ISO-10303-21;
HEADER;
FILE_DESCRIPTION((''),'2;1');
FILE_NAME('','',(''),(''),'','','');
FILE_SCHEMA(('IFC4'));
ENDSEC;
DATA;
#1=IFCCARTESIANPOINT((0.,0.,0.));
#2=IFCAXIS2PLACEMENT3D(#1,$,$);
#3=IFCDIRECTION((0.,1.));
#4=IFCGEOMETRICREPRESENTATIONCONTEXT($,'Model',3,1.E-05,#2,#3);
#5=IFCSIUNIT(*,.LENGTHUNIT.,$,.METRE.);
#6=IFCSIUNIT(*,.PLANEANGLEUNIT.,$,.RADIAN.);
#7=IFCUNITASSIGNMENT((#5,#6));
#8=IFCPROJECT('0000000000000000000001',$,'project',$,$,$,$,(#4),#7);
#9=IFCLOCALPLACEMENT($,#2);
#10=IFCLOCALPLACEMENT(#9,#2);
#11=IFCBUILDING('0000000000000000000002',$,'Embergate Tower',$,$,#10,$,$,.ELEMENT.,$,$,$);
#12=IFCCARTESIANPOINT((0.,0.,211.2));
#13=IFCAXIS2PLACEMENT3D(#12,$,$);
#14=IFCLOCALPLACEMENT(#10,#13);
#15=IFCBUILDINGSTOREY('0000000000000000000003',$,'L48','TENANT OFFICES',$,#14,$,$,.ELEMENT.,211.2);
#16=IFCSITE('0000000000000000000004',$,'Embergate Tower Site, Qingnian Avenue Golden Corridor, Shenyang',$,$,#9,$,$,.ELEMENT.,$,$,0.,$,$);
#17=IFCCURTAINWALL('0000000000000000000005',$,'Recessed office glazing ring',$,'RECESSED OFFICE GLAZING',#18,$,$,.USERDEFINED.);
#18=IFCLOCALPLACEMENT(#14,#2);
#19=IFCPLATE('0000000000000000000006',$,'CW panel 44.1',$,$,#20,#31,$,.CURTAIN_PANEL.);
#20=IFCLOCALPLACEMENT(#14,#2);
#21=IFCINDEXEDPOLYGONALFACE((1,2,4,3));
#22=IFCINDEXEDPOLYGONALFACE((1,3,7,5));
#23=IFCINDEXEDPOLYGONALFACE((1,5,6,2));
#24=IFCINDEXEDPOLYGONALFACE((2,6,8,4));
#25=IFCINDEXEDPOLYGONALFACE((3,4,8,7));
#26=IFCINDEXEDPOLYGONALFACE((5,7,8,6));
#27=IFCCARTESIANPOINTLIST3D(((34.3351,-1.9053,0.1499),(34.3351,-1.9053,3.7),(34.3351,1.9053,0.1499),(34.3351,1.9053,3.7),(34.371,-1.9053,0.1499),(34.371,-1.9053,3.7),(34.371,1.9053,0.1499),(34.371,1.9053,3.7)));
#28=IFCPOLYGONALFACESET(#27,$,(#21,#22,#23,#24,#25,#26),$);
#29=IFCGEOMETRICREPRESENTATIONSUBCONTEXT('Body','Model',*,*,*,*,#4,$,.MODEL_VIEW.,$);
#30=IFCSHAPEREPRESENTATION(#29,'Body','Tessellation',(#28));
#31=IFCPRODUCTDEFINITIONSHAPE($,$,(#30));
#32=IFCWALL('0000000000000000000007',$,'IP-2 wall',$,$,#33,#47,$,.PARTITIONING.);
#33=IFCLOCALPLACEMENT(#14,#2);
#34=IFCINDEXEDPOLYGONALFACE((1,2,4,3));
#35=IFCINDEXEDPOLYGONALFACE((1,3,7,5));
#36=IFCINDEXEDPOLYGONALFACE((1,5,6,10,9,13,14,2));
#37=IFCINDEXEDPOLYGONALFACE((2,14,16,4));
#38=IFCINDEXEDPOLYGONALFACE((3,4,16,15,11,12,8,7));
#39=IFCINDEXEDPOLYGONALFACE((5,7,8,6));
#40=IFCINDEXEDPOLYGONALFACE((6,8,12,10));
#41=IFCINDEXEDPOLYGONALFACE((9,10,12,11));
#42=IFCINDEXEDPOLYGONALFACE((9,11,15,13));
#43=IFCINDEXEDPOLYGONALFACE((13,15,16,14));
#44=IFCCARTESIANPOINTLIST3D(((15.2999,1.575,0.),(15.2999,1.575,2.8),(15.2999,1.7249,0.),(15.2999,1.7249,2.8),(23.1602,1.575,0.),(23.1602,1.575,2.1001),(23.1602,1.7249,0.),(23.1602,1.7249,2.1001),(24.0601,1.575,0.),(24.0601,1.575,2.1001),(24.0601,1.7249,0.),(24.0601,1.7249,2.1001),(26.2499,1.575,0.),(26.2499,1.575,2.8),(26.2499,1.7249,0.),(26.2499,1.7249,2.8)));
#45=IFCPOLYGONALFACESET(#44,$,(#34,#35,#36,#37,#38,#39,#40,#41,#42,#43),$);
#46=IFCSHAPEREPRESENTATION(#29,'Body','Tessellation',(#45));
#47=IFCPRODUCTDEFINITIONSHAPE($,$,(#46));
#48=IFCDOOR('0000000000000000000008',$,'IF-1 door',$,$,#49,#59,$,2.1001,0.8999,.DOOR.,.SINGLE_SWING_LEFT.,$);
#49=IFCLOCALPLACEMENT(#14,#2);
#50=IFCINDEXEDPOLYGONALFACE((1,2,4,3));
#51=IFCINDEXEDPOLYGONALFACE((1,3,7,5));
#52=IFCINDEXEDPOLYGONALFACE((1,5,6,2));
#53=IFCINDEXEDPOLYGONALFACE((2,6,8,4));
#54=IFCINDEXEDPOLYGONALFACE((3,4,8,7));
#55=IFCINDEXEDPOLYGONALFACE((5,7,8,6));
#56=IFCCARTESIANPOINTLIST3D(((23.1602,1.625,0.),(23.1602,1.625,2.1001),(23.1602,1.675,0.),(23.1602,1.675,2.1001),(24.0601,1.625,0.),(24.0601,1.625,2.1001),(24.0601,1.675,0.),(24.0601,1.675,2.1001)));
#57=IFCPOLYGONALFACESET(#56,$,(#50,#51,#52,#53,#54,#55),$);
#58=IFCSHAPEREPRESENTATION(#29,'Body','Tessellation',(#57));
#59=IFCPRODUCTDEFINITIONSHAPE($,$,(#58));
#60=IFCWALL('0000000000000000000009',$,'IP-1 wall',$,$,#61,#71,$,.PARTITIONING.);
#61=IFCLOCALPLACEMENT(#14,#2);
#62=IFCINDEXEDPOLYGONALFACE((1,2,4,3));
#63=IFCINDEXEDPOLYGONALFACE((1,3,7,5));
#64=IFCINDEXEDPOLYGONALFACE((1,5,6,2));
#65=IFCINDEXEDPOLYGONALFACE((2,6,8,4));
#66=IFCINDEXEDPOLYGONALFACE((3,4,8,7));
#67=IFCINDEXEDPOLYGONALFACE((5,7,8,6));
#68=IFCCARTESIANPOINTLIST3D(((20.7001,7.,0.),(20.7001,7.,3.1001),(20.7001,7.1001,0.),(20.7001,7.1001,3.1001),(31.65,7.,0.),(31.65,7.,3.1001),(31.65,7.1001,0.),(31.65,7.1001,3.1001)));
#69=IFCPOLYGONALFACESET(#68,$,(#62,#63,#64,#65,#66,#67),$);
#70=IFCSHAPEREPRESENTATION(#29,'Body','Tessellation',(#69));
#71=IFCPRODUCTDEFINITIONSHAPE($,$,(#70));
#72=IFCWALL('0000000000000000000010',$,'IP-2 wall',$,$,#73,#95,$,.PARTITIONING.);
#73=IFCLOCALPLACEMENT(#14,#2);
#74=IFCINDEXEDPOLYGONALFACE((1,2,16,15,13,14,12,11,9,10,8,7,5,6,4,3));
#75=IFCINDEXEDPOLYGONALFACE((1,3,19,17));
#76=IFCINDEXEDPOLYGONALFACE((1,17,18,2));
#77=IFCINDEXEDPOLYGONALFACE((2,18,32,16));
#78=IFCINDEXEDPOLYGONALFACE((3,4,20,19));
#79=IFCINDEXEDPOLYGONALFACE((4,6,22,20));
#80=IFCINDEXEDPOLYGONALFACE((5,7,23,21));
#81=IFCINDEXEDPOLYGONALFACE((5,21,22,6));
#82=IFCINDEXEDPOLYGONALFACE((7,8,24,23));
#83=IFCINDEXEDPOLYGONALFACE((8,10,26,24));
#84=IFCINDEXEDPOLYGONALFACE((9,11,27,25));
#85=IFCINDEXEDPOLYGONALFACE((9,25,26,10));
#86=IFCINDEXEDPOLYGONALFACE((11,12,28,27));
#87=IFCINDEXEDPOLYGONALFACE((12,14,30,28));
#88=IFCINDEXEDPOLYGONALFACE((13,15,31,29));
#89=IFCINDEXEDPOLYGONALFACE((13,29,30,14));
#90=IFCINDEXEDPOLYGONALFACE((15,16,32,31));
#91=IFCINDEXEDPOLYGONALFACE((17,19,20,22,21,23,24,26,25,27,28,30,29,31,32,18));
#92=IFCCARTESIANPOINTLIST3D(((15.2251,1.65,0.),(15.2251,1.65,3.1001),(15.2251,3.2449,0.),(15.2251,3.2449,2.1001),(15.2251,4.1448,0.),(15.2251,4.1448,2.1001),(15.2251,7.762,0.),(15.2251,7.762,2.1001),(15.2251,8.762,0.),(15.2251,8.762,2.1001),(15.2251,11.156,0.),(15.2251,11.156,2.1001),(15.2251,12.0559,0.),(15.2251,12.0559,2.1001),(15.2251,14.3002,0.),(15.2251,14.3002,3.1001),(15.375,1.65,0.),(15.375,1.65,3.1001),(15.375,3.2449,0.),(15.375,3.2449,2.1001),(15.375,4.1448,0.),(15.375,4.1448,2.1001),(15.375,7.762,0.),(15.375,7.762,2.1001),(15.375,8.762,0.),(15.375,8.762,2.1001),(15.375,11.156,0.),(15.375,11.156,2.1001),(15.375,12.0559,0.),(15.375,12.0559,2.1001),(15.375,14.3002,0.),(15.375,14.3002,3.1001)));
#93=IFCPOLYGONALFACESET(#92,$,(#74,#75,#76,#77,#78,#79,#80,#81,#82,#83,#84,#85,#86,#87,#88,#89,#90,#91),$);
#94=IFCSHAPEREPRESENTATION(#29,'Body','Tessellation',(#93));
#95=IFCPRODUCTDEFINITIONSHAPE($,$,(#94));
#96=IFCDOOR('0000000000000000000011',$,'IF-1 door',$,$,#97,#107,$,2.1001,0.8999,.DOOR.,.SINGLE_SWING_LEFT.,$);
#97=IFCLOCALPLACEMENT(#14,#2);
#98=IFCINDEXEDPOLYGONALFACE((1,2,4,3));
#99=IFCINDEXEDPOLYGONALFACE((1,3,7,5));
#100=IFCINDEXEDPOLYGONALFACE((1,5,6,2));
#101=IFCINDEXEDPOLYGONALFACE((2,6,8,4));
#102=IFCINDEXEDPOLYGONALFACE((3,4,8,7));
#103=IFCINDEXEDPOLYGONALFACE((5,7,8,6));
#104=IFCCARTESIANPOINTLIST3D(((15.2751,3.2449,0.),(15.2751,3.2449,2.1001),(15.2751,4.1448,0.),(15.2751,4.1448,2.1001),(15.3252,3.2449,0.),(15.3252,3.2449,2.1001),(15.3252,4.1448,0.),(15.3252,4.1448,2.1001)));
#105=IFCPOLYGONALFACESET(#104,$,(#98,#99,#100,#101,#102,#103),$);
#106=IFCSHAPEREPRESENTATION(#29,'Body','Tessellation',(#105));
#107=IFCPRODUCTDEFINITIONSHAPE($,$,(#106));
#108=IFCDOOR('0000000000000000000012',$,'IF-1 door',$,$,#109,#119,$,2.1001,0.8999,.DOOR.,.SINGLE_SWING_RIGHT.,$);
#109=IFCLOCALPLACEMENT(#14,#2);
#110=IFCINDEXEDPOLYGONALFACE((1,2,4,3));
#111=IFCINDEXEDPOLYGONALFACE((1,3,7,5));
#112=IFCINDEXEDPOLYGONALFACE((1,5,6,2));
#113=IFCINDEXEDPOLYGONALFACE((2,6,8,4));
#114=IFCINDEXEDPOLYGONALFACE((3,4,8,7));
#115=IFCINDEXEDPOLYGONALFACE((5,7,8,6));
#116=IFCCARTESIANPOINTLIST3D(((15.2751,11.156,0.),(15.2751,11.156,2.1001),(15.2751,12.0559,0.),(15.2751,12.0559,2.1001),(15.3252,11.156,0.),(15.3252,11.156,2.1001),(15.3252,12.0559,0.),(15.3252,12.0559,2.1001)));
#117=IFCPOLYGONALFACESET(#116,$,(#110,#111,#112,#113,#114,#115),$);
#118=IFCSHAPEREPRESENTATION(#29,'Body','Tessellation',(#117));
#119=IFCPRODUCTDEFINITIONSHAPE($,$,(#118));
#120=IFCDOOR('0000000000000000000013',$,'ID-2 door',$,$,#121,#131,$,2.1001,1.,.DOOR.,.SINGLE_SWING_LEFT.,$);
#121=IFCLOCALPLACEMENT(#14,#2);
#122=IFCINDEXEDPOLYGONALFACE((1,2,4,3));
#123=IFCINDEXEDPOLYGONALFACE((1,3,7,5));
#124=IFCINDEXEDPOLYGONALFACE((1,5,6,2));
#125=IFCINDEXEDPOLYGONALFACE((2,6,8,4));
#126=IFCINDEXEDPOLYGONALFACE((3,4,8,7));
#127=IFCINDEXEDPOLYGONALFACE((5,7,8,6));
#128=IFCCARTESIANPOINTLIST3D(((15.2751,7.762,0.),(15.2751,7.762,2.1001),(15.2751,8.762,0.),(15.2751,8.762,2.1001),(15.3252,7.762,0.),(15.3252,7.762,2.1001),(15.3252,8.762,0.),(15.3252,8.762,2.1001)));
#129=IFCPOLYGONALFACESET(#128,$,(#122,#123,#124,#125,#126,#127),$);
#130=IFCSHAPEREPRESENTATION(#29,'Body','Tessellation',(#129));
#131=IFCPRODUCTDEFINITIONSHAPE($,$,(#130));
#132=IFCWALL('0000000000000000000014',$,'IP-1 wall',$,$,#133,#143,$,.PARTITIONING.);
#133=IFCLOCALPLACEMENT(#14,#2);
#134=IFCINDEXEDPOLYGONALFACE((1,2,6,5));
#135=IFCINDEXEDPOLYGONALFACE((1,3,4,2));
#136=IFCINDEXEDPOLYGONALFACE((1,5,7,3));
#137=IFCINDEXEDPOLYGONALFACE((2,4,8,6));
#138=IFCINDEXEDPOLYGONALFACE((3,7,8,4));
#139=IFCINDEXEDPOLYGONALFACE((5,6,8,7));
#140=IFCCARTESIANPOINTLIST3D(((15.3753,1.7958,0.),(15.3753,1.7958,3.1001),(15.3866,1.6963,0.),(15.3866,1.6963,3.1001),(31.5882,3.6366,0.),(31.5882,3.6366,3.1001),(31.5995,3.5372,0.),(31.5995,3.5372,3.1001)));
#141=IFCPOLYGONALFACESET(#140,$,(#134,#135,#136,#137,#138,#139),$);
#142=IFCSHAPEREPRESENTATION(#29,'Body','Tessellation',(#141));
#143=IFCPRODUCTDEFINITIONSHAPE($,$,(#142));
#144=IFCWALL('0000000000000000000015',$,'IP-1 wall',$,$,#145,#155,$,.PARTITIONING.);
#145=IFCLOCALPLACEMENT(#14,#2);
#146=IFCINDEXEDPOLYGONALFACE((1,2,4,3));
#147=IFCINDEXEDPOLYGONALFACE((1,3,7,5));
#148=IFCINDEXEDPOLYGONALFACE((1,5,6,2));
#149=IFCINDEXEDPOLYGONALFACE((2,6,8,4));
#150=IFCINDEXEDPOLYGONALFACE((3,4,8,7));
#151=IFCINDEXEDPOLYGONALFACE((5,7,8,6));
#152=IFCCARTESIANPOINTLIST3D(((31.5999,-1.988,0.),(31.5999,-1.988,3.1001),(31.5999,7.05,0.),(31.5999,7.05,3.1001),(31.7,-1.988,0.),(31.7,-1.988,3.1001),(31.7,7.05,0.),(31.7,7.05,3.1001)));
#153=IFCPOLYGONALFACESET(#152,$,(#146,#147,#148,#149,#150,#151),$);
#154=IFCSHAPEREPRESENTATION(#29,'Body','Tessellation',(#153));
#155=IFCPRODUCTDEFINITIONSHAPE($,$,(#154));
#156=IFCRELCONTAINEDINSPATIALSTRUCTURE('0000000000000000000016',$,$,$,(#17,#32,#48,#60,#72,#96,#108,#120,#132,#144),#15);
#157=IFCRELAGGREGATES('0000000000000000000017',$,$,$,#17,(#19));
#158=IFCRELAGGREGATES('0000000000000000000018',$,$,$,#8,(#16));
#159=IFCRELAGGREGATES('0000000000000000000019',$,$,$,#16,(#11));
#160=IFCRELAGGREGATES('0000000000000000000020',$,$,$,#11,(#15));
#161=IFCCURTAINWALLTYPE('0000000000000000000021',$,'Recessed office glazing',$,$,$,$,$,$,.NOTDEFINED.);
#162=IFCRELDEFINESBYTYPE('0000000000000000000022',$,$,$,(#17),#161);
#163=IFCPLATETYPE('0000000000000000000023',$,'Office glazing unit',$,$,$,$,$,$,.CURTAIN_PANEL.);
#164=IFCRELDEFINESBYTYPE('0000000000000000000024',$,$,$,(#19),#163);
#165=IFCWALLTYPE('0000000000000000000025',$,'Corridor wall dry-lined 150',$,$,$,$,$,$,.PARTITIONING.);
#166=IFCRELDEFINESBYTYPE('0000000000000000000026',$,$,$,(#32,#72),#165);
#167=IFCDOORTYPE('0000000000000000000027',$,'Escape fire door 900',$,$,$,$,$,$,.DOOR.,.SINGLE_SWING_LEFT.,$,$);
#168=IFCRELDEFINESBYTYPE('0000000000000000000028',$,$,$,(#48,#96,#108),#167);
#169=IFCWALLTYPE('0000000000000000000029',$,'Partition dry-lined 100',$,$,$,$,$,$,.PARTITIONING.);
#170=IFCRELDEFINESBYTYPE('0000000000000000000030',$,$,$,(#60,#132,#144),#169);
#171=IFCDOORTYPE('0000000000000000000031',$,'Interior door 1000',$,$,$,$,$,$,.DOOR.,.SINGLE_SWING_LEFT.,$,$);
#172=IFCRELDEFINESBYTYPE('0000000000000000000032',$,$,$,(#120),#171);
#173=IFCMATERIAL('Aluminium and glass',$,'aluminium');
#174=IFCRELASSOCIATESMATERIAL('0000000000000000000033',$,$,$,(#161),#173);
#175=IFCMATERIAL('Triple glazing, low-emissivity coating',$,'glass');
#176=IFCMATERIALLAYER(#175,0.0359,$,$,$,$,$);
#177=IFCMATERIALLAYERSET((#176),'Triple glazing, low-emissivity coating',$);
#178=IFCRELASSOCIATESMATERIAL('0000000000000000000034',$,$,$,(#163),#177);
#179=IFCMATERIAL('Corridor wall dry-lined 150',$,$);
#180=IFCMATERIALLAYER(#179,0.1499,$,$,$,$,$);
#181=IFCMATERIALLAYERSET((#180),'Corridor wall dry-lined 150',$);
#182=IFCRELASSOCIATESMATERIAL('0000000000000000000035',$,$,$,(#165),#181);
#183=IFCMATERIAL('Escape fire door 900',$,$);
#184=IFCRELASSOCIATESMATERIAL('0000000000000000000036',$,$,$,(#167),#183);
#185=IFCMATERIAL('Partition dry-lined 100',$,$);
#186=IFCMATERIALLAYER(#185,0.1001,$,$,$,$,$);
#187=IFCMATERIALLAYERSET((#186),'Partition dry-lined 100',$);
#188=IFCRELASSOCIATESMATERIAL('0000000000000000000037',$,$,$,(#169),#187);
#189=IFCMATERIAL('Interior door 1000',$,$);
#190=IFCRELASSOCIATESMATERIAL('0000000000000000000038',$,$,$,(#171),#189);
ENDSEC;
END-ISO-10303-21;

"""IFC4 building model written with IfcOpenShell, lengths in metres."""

from ifc_helpers import new_model, si_unit, direction, frame, frame_2d, origin, origin_2d, place, context, subcontext, project, spatial, rectangle, extrude, source, transform, mapped, material, layer, layer_set, type_object, element, fill, aggregate, save


model = new_model("IFC4")

# Units and contexts
model_context = context("Model", 3, precision=1e-05, world=origin(), true_north=direction((0.0, 1.0)))
body_context = subcontext(model_context, "Body", "Model", "MODEL_VIEW")
ifc_project = project(units=[si_unit("LENGTHUNIT", "METRE"), si_unit("PLANEANGLEUNIT", "RADIAN")], contexts=[model_context])

# Site, building, storey
site_placement = place(None, origin())
site = spatial("IfcSite", under=ifc_project, at=site_placement, Name="Embergate Tower Site, Qingnian Avenue Golden Corridor, Shenyang", CompositionType="ELEMENT", RefElevation=0.0)
building_placement = place(site_placement, origin())
building = spatial("IfcBuilding", under=site, at=building_placement, Name="Embergate Tower", CompositionType="ELEMENT")
storey_placement = place(building_placement, frame((0.0, 0.0, 211.2)))
storey = spatial("IfcBuildingStorey", under=building, at=storey_placement, Name="L48", Description="TENANT OFFICES", CompositionType="ELEMENT", Elevation=211.2)

# Curtain wall, plate
ifc_material_1 = material(Name="Aluminium and glass", Category="aluminium")
curtain_wall_type = type_object("IfcCurtainWallType", Name="Recessed office glazing", PredefinedType="NOTDEFINED", material=ifc_material_1)
curtain_wall_placement = place(storey_placement, origin())
curtain_wall = element("IfcCurtainWall", 1, at=curtain_wall_placement, inside=storey, type_object=curtain_wall_type, Name="Recessed office glazing ring", ObjectType="RECESSED OFFICE GLAZING", PredefinedType="USERDEFINED")
ifc_material_2 = material(Name="Triple glazing, low-emissivity coating", Category="glass")
ifc_layer_1 = layer(ifc_material_2, 0.0359)
ifc_layer_set_1 = layer_set([ifc_layer_1], Name="Triple glazing, low-emissivity coating")
plate_type = type_object("IfcPlateType", Name="Office glazing unit", PredefinedType="CURTAIN_PANEL", material=ifc_layer_set_1)
shared_shape_1 = source(origin(), body_context, "Body", "SweptSolid", [
    extrude(rectangle(XDim=3.8105, YDim=0.0359, at=origin_2d()), origin(), (0.0, 0.0, 1.0), 3.55),
])
plate_1_placement = place(storey_placement, frame((34.353, 0.0, 0.1499), z_axis=(0.0, 0.0, 1.0), x_axis=(0.0, 1.0, 0.0)))
plate_1 = element("IfcPlate", 2, at=plate_1_placement, type_object=plate_type, Name="CW panel 44.1", PredefinedType="CURTAIN_PANEL", context=body_context, shape_type="MappedRepresentation", body=[
    mapped(shared_shape_1, transform((0.0, 0.0, 0.0))),
])
aggregate(curtain_wall, [plate_1])

# Wall, opening, door
ifc_material_3 = material(Name="Corridor wall dry-lined 150")
ifc_layer_2 = layer(ifc_material_3, 0.1499)
ifc_layer_set_2 = layer_set([ifc_layer_2], Name="Corridor wall dry-lined 150")
wall_type_1 = type_object("IfcWallType", Name="Corridor wall dry-lined 150", PredefinedType="PARTITIONING", material=ifc_layer_set_2)
shared_shape_2 = source(origin(), body_context, "Body", "SweptSolid", [
    extrude(rectangle(XDim=10.95, YDim=0.1499, at=frame_2d((5.4751, 0.0))), origin(), (0.0, 0.0, 1.0), 2.8),
])
wall_1_placement = place(storey_placement, frame((26.25, 1.6499, 0.0), z_axis=(0.0, 0.0, 1.0), x_axis=(-1.0, 0.0, 0.0)))
wall_1 = element("IfcWall", 3, at=wall_1_placement, inside=storey, type_object=wall_type_1, Name="IP-2 wall", PredefinedType="PARTITIONING", context=body_context, shape_type="MappedRepresentation", body=[
    mapped(shared_shape_2, transform((0.0, 0.0, 0.0))),
])
shared_shape_3 = source(origin(), body_context, "Body", "SweptSolid", [
    extrude(rectangle(XDim=0.8999, YDim=2.1001, at=frame_2d((0.45, 1.05))), frame((0.0, 0.085, 0.0), z_axis=(0.0, -1.0, 0.0), x_axis=(1.0, 0.0, 0.0)), (0.0, 0.0, 1.0), 0.1699),
])
opening_1_placement = place(wall_1_placement, frame((2.1899, 0.0, 0.0)))
opening_1 = element("IfcOpeningElement", 4, at=opening_1_placement, cuts=wall_1, PredefinedType="OPENING", context=body_context, shape_type="MappedRepresentation", body=[
    mapped(shared_shape_3, transform((0.0, 0.0, 0.0))),
])
ifc_material_4 = material(Name="Escape fire door 900")
door_type_1 = type_object("IfcDoorType", Name="Escape fire door 900", OperationType="SINGLE_SWING_LEFT", PredefinedType="DOOR", material=ifc_material_4)
shared_shape_4 = source(origin(), body_context, "Body", "SweptSolid", [
    extrude(rectangle(XDim=0.8999, YDim=2.1001, at=frame_2d((0.45, 1.05))), frame((0.0, 0.0249, 0.0), z_axis=(0.0, -1.0, 0.0), x_axis=(1.0, 0.0, 0.0)), (0.0, 0.0, 1.0), 0.05),
])
door_1_placement = place(opening_1_placement, origin())
door_1 = element("IfcDoor", 5, at=door_1_placement, inside=storey, type_object=door_type_1, Name="IF-1 door", OperationType="SINGLE_SWING_LEFT", OverallHeight=2.1001, OverallWidth=0.8999, PredefinedType="DOOR", context=body_context, shape_type="MappedRepresentation", body=[
    mapped(shared_shape_4, transform((0.0, 0.0, 0.0))),
])
fill(opening_1, door_1)

# Wall
ifc_material_5 = material(Name="Partition dry-lined 100")
ifc_layer_3 = layer(ifc_material_5, 0.1001)
ifc_layer_set_3 = layer_set([ifc_layer_3], Name="Partition dry-lined 100")
wall_type_2 = type_object("IfcWallType", Name="Partition dry-lined 100", PredefinedType="PARTITIONING", material=ifc_layer_set_3)
shared_shape_5 = source(origin(), body_context, "Body", "SweptSolid", [
    extrude(rectangle(XDim=10.95, YDim=0.1001, at=frame_2d((5.4751, 0.0))), origin(), (0.0, 0.0, 1.0), 3.1001),
])
wall_2_placement = place(storey_placement, frame((20.7, 7.05, 0.0), z_axis=(0.0, 0.0, 1.0), x_axis=(1.0, 0.0, 0.0)))
element("IfcWall", 6, at=wall_2_placement, inside=storey, type_object=wall_type_2, Name="IP-1 wall", PredefinedType="PARTITIONING", context=body_context, shape_type="MappedRepresentation", body=[
    mapped(shared_shape_5, transform((0.0, 0.0, 0.0))),
])

# Wall, openings, doors
shared_shape_6 = source(origin(), body_context, "Body", "SweptSolid", [
    extrude(rectangle(XDim=12.6501, YDim=0.1499, at=frame_2d((6.3252, 0.0))), origin(), (0.0, 0.0, 1.0), 3.1001),
])
wall_3_placement = place(storey_placement, frame((15.3, 1.6499, 0.0), z_axis=(0.0, 0.0, 1.0), x_axis=(0.0, 1.0, 0.0)))
wall_3 = element("IfcWall", 7, at=wall_3_placement, inside=storey, type_object=wall_type_1, Name="IP-2 wall", PredefinedType="PARTITIONING", context=body_context, shape_type="MappedRepresentation", body=[
    mapped(shared_shape_6, transform((0.0, 0.0, 0.0))),
])
opening_2_placement = place(wall_3_placement, frame((1.595, 0.0, 0.0)))
opening_2 = element("IfcOpeningElement", 8, at=opening_2_placement, cuts=wall_3, PredefinedType="OPENING", context=body_context, shape_type="MappedRepresentation", body=[
    mapped(shared_shape_3, transform((0.0, 0.0, 0.0))),
])
shared_shape_7 = source(origin(), body_context, "Body", "SweptSolid", [
    extrude(rectangle(XDim=1.0, YDim=2.1001, at=frame_2d((0.5, 1.05))), frame((0.0, 0.085, 0.0), z_axis=(0.0, -1.0, 0.0), x_axis=(1.0, 0.0, 0.0)), (0.0, 0.0, 1.0), 0.1699),
])
opening_3_placement = place(wall_3_placement, frame((6.1121, 0.0, 0.0)))
opening_3 = element("IfcOpeningElement", 9, at=opening_3_placement, cuts=wall_3, PredefinedType="OPENING", context=body_context, shape_type="MappedRepresentation", body=[
    mapped(shared_shape_7, transform((0.0, 0.0, 0.0))),
])
opening_4_placement = place(wall_3_placement, frame((9.5061, 0.0, 0.0)))
opening_4 = element("IfcOpeningElement", 10, at=opening_4_placement, cuts=wall_3, PredefinedType="OPENING", context=body_context, shape_type="MappedRepresentation", body=[
    mapped(shared_shape_3, transform((0.0, 0.0, 0.0))),
])
door_2_placement = place(opening_2_placement, origin())
door_2 = element("IfcDoor", 11, at=door_2_placement, inside=storey, type_object=door_type_1, Name="IF-1 door", OperationType="SINGLE_SWING_LEFT", OverallHeight=2.1001, OverallWidth=0.8999, PredefinedType="DOOR", context=body_context, shape_type="MappedRepresentation", body=[
    mapped(shared_shape_4, transform((0.0, 0.0, 0.0))),
])
fill(opening_2, door_2)
door_3_placement = place(opening_4_placement, origin())
door_3 = element("IfcDoor", 12, at=door_3_placement, inside=storey, type_object=door_type_1, Name="IF-1 door", OperationType="SINGLE_SWING_RIGHT", OverallHeight=2.1001, OverallWidth=0.8999, PredefinedType="DOOR", context=body_context, shape_type="MappedRepresentation", body=[
    mapped(shared_shape_4, transform((0.0, 0.0, 0.0))),
])
fill(opening_4, door_3)
ifc_material_6 = material(Name="Interior door 1000")
door_type_2 = type_object("IfcDoorType", Name="Interior door 1000", OperationType="SINGLE_SWING_LEFT", PredefinedType="DOOR", material=ifc_material_6)
shared_shape_8 = source(origin(), body_context, "Body", "SweptSolid", [
    extrude(rectangle(XDim=1.0, YDim=2.1001, at=frame_2d((0.5, 1.05))), frame((0.0, 0.0249, 0.0), z_axis=(0.0, -1.0, 0.0), x_axis=(1.0, 0.0, 0.0)), (0.0, 0.0, 1.0), 0.05),
])
door_4_placement = place(opening_3_placement, origin())
door_4 = element("IfcDoor", 13, at=door_4_placement, inside=storey, type_object=door_type_2, Name="ID-2 door", OperationType="SINGLE_SWING_LEFT", OverallHeight=2.1001, OverallWidth=1.0, PredefinedType="DOOR", context=body_context, shape_type="MappedRepresentation", body=[
    mapped(shared_shape_8, transform((0.0, 0.0, 0.0))),
])
fill(opening_3, door_4)

# Walls
shared_shape_9 = source(origin(), body_context, "Body", "SweptSolid", [
    extrude(rectangle(XDim=16.3171, YDim=0.1001, at=frame_2d((8.1587, 0.0))), origin(), (0.0, 0.0, 1.0), 3.1001),
])
wall_4_placement = place(storey_placement, frame((31.594, 3.5869, 0.0), z_axis=(0.0, 0.0, 1.0), x_axis=(-0.993616, -0.112816, 0.0)))
element("IfcWall", 14, at=wall_4_placement, inside=storey, type_object=wall_type_2, Name="IP-1 wall", PredefinedType="PARTITIONING", context=body_context, shape_type="MappedRepresentation", body=[
    mapped(shared_shape_9, transform((0.0, 0.0, 0.0))),
])
shared_shape_10 = source(origin(), body_context, "Body", "SweptSolid", [
    extrude(rectangle(XDim=9.0381, YDim=0.1001, at=frame_2d((4.519, 0.0))), origin(), (0.0, 0.0, 1.0), 3.1001),
])
wall_5_placement = place(storey_placement, frame((31.6499, 7.05, 0.0), z_axis=(0.0, 0.0, 1.0), x_axis=(0.0, -1.0, 0.0)))
element("IfcWall", 15, at=wall_5_placement, inside=storey, type_object=wall_type_2, Name="IP-1 wall", PredefinedType="PARTITIONING", context=body_context, shape_type="MappedRepresentation", body=[
    mapped(shared_shape_10, transform((0.0, 0.0, 0.0))),
])

save(model, "model.ifc")
